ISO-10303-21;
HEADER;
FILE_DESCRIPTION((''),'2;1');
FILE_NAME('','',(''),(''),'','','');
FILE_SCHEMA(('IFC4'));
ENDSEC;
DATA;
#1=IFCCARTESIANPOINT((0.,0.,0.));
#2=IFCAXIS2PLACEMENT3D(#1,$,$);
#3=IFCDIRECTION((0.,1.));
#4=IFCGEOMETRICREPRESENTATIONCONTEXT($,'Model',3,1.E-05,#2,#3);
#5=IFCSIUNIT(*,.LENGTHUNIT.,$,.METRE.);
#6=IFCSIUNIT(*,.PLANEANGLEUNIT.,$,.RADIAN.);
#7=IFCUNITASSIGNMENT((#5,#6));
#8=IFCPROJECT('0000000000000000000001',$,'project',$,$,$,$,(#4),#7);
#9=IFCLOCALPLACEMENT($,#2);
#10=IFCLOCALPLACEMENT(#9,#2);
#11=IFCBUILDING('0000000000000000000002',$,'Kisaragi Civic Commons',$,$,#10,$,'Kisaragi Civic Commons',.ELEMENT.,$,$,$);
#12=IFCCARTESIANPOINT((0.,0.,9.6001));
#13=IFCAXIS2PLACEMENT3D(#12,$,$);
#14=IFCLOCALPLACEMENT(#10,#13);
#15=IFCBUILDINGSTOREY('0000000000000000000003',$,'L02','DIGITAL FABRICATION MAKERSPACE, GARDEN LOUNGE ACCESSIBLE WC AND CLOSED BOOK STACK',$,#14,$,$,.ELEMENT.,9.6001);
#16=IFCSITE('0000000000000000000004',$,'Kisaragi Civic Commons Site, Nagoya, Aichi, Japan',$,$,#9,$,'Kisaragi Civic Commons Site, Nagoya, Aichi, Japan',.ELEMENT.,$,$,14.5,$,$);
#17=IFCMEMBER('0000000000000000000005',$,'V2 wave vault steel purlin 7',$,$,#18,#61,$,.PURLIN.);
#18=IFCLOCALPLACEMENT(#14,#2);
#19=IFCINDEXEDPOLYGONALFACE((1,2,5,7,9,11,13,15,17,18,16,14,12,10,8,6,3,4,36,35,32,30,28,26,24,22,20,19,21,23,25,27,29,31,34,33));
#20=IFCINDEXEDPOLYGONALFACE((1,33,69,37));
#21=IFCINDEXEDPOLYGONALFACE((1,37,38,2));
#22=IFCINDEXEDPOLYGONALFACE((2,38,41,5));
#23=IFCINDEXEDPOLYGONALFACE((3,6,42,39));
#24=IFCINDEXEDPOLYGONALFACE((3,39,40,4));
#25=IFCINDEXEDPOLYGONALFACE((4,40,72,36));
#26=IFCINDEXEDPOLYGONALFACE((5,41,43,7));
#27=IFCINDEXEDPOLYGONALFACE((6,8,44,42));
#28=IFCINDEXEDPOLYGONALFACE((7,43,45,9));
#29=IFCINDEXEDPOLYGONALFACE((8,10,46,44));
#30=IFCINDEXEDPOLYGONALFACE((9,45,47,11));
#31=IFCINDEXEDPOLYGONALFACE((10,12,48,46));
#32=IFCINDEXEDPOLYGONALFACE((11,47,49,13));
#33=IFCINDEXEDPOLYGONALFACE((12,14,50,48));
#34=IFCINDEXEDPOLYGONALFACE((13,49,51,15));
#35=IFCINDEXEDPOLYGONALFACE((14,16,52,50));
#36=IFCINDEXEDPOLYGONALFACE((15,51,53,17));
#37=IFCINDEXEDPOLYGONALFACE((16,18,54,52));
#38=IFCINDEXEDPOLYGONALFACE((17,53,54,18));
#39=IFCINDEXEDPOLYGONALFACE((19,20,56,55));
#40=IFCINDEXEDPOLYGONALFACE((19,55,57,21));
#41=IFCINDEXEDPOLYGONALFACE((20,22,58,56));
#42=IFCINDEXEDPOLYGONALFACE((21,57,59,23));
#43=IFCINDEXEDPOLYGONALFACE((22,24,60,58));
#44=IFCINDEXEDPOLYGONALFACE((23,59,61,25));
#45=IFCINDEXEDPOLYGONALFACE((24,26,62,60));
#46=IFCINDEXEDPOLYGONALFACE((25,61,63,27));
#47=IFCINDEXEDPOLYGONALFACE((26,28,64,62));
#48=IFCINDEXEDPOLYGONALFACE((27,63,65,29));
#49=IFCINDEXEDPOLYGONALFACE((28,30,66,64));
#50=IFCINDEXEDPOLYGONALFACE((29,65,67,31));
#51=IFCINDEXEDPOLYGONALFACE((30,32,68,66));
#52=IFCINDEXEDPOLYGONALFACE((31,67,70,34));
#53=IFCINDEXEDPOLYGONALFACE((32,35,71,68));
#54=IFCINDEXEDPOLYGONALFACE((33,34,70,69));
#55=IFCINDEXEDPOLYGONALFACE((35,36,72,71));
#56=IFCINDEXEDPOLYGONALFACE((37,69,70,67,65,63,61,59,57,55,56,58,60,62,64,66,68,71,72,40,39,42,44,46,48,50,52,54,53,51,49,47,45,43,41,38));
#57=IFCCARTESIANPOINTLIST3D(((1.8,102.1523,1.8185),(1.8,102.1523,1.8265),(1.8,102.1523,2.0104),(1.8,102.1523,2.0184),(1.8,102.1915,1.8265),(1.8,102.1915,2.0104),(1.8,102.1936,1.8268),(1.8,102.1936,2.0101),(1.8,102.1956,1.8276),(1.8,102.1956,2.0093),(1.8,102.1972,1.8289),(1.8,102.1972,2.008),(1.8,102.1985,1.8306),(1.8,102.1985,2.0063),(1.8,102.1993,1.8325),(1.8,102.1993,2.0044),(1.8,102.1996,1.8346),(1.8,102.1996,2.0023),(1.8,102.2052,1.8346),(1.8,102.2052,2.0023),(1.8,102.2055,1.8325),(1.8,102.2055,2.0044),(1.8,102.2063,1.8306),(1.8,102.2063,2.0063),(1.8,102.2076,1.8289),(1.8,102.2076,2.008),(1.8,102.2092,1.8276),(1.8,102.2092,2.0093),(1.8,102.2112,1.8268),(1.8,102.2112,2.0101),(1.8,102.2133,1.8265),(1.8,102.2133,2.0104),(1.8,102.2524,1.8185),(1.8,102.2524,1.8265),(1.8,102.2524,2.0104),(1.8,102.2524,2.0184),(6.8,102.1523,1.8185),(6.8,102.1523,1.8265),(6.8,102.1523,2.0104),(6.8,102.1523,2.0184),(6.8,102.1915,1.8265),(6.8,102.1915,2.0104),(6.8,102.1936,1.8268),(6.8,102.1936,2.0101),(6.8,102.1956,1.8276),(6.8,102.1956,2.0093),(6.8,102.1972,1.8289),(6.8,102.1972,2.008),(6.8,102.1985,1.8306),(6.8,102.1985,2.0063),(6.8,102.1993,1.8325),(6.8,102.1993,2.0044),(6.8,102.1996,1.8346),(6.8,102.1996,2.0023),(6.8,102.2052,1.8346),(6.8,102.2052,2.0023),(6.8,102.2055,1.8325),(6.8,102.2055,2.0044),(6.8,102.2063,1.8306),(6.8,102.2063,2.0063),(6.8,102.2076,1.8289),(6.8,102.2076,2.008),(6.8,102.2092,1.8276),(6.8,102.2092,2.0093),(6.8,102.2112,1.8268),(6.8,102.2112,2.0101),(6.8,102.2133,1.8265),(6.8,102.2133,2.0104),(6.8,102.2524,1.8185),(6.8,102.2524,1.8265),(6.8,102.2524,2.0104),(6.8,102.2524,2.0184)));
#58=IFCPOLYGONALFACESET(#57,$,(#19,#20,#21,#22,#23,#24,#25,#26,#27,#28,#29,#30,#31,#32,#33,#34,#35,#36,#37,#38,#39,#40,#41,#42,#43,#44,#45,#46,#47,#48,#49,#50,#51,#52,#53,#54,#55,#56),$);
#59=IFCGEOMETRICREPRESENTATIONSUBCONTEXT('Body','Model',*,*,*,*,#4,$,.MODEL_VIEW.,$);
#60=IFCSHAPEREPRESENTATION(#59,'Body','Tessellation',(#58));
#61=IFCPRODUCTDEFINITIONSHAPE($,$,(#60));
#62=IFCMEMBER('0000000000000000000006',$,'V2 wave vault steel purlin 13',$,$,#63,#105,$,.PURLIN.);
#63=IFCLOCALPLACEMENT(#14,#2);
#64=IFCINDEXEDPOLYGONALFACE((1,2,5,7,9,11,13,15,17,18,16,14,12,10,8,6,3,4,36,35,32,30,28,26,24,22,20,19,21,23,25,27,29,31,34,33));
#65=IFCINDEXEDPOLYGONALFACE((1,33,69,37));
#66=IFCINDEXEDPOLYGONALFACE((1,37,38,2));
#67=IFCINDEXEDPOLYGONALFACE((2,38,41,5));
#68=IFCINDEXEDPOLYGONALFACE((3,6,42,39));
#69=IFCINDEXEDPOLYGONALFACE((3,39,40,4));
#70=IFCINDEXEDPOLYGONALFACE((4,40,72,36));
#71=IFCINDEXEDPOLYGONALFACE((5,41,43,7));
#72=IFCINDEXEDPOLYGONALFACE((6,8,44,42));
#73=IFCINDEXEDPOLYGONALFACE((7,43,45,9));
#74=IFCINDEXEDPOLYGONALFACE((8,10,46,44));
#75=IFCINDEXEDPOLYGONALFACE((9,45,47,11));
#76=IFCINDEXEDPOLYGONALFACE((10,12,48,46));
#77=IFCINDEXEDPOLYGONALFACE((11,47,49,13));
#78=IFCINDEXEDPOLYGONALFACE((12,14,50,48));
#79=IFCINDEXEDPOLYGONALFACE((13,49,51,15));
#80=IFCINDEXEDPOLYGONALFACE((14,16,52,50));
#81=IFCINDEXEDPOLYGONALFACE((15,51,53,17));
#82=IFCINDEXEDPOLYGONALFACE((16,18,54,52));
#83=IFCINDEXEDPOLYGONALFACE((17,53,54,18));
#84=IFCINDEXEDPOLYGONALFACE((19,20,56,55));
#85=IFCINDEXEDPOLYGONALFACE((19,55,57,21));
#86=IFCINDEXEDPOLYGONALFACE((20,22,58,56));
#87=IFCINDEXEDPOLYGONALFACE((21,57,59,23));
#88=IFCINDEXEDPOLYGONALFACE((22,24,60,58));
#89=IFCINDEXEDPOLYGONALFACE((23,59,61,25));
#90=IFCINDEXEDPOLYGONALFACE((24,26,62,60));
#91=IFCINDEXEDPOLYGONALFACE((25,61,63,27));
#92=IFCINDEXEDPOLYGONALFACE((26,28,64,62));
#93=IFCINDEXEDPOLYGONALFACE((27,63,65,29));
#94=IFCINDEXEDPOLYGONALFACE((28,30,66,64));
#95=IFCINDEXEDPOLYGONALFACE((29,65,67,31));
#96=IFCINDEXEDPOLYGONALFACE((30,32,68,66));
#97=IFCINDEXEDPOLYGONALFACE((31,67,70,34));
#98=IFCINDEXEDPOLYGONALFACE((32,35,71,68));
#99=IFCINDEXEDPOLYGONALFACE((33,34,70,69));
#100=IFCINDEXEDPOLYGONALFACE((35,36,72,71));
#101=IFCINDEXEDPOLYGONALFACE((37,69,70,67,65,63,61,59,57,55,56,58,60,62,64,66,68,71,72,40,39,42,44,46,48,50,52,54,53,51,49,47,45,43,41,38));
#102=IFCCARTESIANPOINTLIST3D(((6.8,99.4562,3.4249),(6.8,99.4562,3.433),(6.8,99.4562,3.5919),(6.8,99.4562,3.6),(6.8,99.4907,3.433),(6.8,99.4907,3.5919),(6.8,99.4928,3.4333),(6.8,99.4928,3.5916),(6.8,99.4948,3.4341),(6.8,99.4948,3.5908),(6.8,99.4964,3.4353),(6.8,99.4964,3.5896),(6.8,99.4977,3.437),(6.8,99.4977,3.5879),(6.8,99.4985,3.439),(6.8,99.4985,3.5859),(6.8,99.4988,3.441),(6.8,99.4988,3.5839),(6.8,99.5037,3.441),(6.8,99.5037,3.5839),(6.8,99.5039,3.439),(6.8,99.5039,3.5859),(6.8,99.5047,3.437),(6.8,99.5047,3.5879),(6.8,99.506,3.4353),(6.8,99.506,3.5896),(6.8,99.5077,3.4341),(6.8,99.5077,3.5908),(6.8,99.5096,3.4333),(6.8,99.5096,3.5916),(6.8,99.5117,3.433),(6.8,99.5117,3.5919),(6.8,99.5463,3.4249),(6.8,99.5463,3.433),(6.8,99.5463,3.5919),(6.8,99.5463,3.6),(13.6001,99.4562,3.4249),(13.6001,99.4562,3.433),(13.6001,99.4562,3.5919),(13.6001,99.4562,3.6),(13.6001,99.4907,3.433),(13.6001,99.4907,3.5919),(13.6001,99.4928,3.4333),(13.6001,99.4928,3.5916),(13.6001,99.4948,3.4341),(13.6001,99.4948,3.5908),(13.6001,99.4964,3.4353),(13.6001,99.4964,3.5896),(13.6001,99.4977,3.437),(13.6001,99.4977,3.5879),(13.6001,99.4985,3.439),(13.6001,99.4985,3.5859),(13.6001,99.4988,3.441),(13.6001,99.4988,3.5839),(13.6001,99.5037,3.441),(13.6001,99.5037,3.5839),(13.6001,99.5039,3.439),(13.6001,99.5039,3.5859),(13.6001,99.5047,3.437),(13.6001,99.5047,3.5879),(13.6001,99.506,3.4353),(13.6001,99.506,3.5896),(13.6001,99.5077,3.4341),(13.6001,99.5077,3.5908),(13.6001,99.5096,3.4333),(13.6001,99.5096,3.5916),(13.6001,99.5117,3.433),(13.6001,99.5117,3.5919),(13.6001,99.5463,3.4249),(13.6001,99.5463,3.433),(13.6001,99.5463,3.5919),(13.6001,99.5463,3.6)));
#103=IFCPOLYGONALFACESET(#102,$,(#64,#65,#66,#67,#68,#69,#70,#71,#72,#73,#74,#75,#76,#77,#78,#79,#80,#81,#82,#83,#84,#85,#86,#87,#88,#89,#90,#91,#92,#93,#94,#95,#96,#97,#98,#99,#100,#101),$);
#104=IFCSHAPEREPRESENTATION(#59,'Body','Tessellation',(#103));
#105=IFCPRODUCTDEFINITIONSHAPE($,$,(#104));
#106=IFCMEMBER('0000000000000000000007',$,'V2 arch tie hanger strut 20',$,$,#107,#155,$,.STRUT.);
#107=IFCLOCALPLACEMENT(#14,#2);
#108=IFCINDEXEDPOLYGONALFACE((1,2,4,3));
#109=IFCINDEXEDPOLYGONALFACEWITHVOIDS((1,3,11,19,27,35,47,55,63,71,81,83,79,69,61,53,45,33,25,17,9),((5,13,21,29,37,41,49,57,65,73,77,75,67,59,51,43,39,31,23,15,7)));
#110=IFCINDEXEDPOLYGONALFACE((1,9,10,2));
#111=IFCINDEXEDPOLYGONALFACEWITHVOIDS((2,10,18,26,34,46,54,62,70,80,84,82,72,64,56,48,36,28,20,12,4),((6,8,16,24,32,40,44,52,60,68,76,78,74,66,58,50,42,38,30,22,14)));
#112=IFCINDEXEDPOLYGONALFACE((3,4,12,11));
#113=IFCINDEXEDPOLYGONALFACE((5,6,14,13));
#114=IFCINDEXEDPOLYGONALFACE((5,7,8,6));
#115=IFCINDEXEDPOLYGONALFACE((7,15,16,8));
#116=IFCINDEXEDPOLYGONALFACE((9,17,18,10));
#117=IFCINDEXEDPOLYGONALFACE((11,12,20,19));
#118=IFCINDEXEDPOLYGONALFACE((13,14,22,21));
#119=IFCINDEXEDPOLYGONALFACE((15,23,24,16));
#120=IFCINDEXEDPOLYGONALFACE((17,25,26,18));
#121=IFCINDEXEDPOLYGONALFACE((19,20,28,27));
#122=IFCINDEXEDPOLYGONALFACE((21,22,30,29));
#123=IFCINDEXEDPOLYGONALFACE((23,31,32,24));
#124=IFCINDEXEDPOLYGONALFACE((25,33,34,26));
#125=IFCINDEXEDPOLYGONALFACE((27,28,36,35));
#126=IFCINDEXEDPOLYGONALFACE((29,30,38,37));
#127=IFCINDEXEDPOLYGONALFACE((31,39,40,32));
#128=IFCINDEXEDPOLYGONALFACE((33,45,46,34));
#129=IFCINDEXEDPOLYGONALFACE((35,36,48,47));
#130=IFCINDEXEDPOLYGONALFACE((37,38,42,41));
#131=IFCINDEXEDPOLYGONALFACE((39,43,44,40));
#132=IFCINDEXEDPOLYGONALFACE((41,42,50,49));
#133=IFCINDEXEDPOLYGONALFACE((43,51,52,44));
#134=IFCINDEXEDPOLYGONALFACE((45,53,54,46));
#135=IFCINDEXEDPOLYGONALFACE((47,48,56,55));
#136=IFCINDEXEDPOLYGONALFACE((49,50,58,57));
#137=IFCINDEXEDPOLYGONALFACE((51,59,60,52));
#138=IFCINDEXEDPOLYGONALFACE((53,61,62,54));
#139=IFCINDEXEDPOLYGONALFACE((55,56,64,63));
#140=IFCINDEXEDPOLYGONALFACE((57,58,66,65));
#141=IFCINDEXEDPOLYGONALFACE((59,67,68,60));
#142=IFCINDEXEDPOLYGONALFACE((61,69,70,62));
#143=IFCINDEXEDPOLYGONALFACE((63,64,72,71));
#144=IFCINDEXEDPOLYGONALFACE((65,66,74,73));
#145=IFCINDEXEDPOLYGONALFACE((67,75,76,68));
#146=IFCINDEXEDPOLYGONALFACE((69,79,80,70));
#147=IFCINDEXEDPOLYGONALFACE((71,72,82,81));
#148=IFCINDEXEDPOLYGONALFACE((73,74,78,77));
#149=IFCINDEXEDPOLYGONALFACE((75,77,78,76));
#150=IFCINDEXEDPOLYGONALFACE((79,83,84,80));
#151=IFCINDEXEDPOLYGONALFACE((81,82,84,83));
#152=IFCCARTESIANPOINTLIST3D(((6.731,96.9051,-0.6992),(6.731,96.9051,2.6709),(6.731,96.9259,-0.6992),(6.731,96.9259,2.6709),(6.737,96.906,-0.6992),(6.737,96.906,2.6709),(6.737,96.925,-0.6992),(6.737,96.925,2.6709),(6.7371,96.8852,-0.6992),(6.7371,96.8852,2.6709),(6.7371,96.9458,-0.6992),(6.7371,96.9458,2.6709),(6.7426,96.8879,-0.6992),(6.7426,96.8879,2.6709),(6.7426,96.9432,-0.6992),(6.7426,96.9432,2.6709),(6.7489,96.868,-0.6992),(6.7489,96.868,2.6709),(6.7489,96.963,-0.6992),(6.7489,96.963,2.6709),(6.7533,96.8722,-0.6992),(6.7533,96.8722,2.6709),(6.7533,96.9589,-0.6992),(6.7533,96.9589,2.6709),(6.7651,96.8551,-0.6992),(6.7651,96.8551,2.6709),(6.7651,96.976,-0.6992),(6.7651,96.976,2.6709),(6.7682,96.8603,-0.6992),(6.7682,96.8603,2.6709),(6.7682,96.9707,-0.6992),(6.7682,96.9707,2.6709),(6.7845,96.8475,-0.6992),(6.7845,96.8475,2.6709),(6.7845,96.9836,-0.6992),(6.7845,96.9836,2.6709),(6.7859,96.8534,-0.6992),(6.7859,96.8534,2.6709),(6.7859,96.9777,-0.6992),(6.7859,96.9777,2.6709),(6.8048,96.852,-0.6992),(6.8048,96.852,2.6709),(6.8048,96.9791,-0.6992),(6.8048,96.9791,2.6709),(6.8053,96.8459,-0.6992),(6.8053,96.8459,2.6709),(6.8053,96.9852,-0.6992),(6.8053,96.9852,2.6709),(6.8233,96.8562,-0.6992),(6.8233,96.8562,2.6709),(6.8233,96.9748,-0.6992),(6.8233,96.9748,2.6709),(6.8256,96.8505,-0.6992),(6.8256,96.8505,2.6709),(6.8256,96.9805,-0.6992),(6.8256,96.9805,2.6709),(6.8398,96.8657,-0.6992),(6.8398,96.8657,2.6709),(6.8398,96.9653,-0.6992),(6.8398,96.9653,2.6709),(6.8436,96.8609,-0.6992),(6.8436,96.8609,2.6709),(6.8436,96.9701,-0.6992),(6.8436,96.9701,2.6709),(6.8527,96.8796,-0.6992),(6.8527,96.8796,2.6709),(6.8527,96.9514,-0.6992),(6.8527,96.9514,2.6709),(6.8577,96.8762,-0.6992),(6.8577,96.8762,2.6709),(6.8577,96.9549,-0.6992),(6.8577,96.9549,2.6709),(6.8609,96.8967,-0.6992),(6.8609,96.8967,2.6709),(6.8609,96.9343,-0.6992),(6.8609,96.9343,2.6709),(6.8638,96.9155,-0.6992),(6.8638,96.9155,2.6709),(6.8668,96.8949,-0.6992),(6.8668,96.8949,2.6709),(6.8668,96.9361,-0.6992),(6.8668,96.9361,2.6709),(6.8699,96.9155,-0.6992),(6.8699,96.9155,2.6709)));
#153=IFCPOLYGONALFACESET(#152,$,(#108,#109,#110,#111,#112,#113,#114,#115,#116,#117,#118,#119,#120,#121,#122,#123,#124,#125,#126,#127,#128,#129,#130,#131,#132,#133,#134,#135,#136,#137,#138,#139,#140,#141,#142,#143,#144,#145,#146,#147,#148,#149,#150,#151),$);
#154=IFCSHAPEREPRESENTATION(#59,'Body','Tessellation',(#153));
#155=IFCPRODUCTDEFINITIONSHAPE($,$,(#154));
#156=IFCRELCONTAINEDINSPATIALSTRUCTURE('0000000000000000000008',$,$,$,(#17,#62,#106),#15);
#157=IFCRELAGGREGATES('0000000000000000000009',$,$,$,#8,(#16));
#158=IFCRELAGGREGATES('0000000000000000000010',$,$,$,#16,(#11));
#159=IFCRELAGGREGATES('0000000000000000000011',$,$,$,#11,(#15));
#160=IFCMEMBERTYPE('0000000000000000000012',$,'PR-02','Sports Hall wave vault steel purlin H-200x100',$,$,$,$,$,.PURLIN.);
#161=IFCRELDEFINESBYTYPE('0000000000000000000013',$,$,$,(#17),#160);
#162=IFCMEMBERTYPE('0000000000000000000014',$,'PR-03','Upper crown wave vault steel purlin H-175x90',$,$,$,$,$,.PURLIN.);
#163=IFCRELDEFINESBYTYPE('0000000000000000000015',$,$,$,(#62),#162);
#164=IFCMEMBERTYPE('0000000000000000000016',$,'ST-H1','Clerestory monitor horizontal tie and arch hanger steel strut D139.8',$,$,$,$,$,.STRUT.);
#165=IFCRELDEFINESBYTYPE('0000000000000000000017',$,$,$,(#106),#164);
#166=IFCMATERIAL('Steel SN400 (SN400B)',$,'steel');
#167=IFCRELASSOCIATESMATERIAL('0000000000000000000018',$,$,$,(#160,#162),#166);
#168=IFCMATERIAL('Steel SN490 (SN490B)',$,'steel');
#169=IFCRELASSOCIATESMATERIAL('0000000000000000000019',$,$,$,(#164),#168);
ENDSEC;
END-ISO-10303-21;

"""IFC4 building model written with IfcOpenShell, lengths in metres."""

from ifc_helpers import new_model, si_unit, direction, frame, origin, origin_2d, place, context, subcontext, project, spatial, hollow_circle, i_section, extrude, material, material_profile, profile_set, type_object, element, save


model = new_model("IFC4")

# Units and contexts
model_context = context("Model", 3, precision=1e-05, world=origin(), true_north=direction((0.0, 1.0)))
body_context = subcontext(model_context, "Body", "Model", "MODEL_VIEW")
ifc_project = project(units=[si_unit("LENGTHUNIT", "METRE"), si_unit("PLANEANGLEUNIT", "RADIAN")], contexts=[model_context])

# Site, building, storey
site_placement = place(None, origin())
site = spatial("IfcSite", under=ifc_project, at=site_placement, Name="Kisaragi Civic Commons Site, Nagoya, Aichi, Japan", LongName="Kisaragi Civic Commons Site, Nagoya, Aichi, Japan", CompositionType="ELEMENT", RefElevation=14.5)
building_placement = place(site_placement, origin())
building = spatial("IfcBuilding", under=site, at=building_placement, Name="Kisaragi Civic Commons", LongName="Kisaragi Civic Commons", CompositionType="ELEMENT")
storey_placement = place(building_placement, frame((0.0, 0.0, 9.6001)))
storey = spatial("IfcBuildingStorey", under=building, at=storey_placement, Name="L02", Description="DIGITAL FABRICATION MAKERSPACE, GARDEN LOUNGE ACCESSIBLE WC AND CLOSED BOOK STACK", CompositionType="ELEMENT", Elevation=9.6001)

# Members
ifc_material_1 = material(Name="Steel SN490 (SN490B)", Category="steel")
ifc_material_2 = material(Name="Steel SN400 (SN400B)", Category="steel")
ifc_material_profile_1 = material_profile(ifc_material_2, i_section(OverallWidth=0.1001, OverallDepth=0.2, WebThickness=0.0056, FlangeThickness=0.0081, FilletRadius=0.0081, at=origin_2d()), Name="H-200x100x5.5x8", Category="steel")
ifc_profile_set_1 = profile_set([ifc_material_profile_1], Name="Steel SN400 (SN400B)")
member_type_1 = type_object("IfcMemberType", Name="PR-02", Description="Sports Hall wave vault steel purlin H-200x100", PredefinedType="PURLIN", material=ifc_profile_set_1)
member_1_placement = place(storey_placement, frame((1.8, 102.2024, 1.9185), z_axis=(1.0, 0.0, 0.0), x_axis=(0.0, 1.0, 0.0)))
element("IfcMember", 1, at=member_1_placement, inside=storey, type_object=member_type_1, Name="V2 wave vault steel purlin 7", PredefinedType="PURLIN", context=body_context, shape_type="SweptSolid", body=[
    extrude(i_section(OverallWidth=0.1001, OverallDepth=0.2, WebThickness=0.0056, FlangeThickness=0.0081, FilletRadius=0.0081, at=origin_2d()), origin(), (0.0, 0.0, 1.0), 5.0),
])
ifc_material_profile_2 = material_profile(ifc_material_2, i_section(OverallWidth=0.0901, OverallDepth=0.175, WebThickness=0.0049, FlangeThickness=0.0081, FilletRadius=0.0081, at=origin_2d()), Name="H-175x90x5x8", Category="steel")
ifc_profile_set_2 = profile_set([ifc_material_profile_2], Name="Steel SN400 (SN400B)")
member_type_2 = type_object("IfcMemberType", Name="PR-03", Description="Upper crown wave vault steel purlin H-175x90", PredefinedType="PURLIN", material=ifc_profile_set_2)
member_2_placement = place(storey_placement, frame((6.8, 99.5012, 3.5125), z_axis=(1.0, 0.0, 0.0), x_axis=(0.0, 1.0, 0.0)))
element("IfcMember", 2, at=member_2_placement, inside=storey, type_object=member_type_2, Name="V2 wave vault steel purlin 13", PredefinedType="PURLIN", context=body_context, shape_type="SweptSolid", body=[
    extrude(i_section(OverallWidth=0.0901, OverallDepth=0.175, WebThickness=0.0049, FlangeThickness=0.0081, FilletRadius=0.0081, at=origin_2d()), origin(), (0.0, 0.0, 1.0), 6.8),
])
ifc_material_profile_3 = material_profile(ifc_material_1, hollow_circle(Radius=0.0698, WallThickness=0.0061, at=origin_2d()), Name="CHS-139.8x6.0", Category="steel")
ifc_profile_set_3 = profile_set([ifc_material_profile_3], Name="Steel SN490 (SN490B)")
member_type_3 = type_object("IfcMemberType", Name="ST-H1", Description="Clerestory monitor horizontal tie and arch hanger steel strut D139.8", PredefinedType="STRUT", material=ifc_profile_set_3)
member_3_placement = place(storey_placement, frame((6.8, 96.9155, -0.6992), z_axis=(0.0, 0.0, 1.0), x_axis=(1.0, 0.0, 0.0)))
element("IfcMember", 3, at=member_3_placement, inside=storey, type_object=member_type_3, Name="V2 arch tie hanger strut 20", PredefinedType="STRUT", context=body_context, shape_type="SweptSolid", body=[
    extrude(hollow_circle(Radius=0.0698, WallThickness=0.0061, at=origin_2d()), origin(), (0.0, 0.0, 1.0), 3.3701),
])

save(model, "model.ifc")
